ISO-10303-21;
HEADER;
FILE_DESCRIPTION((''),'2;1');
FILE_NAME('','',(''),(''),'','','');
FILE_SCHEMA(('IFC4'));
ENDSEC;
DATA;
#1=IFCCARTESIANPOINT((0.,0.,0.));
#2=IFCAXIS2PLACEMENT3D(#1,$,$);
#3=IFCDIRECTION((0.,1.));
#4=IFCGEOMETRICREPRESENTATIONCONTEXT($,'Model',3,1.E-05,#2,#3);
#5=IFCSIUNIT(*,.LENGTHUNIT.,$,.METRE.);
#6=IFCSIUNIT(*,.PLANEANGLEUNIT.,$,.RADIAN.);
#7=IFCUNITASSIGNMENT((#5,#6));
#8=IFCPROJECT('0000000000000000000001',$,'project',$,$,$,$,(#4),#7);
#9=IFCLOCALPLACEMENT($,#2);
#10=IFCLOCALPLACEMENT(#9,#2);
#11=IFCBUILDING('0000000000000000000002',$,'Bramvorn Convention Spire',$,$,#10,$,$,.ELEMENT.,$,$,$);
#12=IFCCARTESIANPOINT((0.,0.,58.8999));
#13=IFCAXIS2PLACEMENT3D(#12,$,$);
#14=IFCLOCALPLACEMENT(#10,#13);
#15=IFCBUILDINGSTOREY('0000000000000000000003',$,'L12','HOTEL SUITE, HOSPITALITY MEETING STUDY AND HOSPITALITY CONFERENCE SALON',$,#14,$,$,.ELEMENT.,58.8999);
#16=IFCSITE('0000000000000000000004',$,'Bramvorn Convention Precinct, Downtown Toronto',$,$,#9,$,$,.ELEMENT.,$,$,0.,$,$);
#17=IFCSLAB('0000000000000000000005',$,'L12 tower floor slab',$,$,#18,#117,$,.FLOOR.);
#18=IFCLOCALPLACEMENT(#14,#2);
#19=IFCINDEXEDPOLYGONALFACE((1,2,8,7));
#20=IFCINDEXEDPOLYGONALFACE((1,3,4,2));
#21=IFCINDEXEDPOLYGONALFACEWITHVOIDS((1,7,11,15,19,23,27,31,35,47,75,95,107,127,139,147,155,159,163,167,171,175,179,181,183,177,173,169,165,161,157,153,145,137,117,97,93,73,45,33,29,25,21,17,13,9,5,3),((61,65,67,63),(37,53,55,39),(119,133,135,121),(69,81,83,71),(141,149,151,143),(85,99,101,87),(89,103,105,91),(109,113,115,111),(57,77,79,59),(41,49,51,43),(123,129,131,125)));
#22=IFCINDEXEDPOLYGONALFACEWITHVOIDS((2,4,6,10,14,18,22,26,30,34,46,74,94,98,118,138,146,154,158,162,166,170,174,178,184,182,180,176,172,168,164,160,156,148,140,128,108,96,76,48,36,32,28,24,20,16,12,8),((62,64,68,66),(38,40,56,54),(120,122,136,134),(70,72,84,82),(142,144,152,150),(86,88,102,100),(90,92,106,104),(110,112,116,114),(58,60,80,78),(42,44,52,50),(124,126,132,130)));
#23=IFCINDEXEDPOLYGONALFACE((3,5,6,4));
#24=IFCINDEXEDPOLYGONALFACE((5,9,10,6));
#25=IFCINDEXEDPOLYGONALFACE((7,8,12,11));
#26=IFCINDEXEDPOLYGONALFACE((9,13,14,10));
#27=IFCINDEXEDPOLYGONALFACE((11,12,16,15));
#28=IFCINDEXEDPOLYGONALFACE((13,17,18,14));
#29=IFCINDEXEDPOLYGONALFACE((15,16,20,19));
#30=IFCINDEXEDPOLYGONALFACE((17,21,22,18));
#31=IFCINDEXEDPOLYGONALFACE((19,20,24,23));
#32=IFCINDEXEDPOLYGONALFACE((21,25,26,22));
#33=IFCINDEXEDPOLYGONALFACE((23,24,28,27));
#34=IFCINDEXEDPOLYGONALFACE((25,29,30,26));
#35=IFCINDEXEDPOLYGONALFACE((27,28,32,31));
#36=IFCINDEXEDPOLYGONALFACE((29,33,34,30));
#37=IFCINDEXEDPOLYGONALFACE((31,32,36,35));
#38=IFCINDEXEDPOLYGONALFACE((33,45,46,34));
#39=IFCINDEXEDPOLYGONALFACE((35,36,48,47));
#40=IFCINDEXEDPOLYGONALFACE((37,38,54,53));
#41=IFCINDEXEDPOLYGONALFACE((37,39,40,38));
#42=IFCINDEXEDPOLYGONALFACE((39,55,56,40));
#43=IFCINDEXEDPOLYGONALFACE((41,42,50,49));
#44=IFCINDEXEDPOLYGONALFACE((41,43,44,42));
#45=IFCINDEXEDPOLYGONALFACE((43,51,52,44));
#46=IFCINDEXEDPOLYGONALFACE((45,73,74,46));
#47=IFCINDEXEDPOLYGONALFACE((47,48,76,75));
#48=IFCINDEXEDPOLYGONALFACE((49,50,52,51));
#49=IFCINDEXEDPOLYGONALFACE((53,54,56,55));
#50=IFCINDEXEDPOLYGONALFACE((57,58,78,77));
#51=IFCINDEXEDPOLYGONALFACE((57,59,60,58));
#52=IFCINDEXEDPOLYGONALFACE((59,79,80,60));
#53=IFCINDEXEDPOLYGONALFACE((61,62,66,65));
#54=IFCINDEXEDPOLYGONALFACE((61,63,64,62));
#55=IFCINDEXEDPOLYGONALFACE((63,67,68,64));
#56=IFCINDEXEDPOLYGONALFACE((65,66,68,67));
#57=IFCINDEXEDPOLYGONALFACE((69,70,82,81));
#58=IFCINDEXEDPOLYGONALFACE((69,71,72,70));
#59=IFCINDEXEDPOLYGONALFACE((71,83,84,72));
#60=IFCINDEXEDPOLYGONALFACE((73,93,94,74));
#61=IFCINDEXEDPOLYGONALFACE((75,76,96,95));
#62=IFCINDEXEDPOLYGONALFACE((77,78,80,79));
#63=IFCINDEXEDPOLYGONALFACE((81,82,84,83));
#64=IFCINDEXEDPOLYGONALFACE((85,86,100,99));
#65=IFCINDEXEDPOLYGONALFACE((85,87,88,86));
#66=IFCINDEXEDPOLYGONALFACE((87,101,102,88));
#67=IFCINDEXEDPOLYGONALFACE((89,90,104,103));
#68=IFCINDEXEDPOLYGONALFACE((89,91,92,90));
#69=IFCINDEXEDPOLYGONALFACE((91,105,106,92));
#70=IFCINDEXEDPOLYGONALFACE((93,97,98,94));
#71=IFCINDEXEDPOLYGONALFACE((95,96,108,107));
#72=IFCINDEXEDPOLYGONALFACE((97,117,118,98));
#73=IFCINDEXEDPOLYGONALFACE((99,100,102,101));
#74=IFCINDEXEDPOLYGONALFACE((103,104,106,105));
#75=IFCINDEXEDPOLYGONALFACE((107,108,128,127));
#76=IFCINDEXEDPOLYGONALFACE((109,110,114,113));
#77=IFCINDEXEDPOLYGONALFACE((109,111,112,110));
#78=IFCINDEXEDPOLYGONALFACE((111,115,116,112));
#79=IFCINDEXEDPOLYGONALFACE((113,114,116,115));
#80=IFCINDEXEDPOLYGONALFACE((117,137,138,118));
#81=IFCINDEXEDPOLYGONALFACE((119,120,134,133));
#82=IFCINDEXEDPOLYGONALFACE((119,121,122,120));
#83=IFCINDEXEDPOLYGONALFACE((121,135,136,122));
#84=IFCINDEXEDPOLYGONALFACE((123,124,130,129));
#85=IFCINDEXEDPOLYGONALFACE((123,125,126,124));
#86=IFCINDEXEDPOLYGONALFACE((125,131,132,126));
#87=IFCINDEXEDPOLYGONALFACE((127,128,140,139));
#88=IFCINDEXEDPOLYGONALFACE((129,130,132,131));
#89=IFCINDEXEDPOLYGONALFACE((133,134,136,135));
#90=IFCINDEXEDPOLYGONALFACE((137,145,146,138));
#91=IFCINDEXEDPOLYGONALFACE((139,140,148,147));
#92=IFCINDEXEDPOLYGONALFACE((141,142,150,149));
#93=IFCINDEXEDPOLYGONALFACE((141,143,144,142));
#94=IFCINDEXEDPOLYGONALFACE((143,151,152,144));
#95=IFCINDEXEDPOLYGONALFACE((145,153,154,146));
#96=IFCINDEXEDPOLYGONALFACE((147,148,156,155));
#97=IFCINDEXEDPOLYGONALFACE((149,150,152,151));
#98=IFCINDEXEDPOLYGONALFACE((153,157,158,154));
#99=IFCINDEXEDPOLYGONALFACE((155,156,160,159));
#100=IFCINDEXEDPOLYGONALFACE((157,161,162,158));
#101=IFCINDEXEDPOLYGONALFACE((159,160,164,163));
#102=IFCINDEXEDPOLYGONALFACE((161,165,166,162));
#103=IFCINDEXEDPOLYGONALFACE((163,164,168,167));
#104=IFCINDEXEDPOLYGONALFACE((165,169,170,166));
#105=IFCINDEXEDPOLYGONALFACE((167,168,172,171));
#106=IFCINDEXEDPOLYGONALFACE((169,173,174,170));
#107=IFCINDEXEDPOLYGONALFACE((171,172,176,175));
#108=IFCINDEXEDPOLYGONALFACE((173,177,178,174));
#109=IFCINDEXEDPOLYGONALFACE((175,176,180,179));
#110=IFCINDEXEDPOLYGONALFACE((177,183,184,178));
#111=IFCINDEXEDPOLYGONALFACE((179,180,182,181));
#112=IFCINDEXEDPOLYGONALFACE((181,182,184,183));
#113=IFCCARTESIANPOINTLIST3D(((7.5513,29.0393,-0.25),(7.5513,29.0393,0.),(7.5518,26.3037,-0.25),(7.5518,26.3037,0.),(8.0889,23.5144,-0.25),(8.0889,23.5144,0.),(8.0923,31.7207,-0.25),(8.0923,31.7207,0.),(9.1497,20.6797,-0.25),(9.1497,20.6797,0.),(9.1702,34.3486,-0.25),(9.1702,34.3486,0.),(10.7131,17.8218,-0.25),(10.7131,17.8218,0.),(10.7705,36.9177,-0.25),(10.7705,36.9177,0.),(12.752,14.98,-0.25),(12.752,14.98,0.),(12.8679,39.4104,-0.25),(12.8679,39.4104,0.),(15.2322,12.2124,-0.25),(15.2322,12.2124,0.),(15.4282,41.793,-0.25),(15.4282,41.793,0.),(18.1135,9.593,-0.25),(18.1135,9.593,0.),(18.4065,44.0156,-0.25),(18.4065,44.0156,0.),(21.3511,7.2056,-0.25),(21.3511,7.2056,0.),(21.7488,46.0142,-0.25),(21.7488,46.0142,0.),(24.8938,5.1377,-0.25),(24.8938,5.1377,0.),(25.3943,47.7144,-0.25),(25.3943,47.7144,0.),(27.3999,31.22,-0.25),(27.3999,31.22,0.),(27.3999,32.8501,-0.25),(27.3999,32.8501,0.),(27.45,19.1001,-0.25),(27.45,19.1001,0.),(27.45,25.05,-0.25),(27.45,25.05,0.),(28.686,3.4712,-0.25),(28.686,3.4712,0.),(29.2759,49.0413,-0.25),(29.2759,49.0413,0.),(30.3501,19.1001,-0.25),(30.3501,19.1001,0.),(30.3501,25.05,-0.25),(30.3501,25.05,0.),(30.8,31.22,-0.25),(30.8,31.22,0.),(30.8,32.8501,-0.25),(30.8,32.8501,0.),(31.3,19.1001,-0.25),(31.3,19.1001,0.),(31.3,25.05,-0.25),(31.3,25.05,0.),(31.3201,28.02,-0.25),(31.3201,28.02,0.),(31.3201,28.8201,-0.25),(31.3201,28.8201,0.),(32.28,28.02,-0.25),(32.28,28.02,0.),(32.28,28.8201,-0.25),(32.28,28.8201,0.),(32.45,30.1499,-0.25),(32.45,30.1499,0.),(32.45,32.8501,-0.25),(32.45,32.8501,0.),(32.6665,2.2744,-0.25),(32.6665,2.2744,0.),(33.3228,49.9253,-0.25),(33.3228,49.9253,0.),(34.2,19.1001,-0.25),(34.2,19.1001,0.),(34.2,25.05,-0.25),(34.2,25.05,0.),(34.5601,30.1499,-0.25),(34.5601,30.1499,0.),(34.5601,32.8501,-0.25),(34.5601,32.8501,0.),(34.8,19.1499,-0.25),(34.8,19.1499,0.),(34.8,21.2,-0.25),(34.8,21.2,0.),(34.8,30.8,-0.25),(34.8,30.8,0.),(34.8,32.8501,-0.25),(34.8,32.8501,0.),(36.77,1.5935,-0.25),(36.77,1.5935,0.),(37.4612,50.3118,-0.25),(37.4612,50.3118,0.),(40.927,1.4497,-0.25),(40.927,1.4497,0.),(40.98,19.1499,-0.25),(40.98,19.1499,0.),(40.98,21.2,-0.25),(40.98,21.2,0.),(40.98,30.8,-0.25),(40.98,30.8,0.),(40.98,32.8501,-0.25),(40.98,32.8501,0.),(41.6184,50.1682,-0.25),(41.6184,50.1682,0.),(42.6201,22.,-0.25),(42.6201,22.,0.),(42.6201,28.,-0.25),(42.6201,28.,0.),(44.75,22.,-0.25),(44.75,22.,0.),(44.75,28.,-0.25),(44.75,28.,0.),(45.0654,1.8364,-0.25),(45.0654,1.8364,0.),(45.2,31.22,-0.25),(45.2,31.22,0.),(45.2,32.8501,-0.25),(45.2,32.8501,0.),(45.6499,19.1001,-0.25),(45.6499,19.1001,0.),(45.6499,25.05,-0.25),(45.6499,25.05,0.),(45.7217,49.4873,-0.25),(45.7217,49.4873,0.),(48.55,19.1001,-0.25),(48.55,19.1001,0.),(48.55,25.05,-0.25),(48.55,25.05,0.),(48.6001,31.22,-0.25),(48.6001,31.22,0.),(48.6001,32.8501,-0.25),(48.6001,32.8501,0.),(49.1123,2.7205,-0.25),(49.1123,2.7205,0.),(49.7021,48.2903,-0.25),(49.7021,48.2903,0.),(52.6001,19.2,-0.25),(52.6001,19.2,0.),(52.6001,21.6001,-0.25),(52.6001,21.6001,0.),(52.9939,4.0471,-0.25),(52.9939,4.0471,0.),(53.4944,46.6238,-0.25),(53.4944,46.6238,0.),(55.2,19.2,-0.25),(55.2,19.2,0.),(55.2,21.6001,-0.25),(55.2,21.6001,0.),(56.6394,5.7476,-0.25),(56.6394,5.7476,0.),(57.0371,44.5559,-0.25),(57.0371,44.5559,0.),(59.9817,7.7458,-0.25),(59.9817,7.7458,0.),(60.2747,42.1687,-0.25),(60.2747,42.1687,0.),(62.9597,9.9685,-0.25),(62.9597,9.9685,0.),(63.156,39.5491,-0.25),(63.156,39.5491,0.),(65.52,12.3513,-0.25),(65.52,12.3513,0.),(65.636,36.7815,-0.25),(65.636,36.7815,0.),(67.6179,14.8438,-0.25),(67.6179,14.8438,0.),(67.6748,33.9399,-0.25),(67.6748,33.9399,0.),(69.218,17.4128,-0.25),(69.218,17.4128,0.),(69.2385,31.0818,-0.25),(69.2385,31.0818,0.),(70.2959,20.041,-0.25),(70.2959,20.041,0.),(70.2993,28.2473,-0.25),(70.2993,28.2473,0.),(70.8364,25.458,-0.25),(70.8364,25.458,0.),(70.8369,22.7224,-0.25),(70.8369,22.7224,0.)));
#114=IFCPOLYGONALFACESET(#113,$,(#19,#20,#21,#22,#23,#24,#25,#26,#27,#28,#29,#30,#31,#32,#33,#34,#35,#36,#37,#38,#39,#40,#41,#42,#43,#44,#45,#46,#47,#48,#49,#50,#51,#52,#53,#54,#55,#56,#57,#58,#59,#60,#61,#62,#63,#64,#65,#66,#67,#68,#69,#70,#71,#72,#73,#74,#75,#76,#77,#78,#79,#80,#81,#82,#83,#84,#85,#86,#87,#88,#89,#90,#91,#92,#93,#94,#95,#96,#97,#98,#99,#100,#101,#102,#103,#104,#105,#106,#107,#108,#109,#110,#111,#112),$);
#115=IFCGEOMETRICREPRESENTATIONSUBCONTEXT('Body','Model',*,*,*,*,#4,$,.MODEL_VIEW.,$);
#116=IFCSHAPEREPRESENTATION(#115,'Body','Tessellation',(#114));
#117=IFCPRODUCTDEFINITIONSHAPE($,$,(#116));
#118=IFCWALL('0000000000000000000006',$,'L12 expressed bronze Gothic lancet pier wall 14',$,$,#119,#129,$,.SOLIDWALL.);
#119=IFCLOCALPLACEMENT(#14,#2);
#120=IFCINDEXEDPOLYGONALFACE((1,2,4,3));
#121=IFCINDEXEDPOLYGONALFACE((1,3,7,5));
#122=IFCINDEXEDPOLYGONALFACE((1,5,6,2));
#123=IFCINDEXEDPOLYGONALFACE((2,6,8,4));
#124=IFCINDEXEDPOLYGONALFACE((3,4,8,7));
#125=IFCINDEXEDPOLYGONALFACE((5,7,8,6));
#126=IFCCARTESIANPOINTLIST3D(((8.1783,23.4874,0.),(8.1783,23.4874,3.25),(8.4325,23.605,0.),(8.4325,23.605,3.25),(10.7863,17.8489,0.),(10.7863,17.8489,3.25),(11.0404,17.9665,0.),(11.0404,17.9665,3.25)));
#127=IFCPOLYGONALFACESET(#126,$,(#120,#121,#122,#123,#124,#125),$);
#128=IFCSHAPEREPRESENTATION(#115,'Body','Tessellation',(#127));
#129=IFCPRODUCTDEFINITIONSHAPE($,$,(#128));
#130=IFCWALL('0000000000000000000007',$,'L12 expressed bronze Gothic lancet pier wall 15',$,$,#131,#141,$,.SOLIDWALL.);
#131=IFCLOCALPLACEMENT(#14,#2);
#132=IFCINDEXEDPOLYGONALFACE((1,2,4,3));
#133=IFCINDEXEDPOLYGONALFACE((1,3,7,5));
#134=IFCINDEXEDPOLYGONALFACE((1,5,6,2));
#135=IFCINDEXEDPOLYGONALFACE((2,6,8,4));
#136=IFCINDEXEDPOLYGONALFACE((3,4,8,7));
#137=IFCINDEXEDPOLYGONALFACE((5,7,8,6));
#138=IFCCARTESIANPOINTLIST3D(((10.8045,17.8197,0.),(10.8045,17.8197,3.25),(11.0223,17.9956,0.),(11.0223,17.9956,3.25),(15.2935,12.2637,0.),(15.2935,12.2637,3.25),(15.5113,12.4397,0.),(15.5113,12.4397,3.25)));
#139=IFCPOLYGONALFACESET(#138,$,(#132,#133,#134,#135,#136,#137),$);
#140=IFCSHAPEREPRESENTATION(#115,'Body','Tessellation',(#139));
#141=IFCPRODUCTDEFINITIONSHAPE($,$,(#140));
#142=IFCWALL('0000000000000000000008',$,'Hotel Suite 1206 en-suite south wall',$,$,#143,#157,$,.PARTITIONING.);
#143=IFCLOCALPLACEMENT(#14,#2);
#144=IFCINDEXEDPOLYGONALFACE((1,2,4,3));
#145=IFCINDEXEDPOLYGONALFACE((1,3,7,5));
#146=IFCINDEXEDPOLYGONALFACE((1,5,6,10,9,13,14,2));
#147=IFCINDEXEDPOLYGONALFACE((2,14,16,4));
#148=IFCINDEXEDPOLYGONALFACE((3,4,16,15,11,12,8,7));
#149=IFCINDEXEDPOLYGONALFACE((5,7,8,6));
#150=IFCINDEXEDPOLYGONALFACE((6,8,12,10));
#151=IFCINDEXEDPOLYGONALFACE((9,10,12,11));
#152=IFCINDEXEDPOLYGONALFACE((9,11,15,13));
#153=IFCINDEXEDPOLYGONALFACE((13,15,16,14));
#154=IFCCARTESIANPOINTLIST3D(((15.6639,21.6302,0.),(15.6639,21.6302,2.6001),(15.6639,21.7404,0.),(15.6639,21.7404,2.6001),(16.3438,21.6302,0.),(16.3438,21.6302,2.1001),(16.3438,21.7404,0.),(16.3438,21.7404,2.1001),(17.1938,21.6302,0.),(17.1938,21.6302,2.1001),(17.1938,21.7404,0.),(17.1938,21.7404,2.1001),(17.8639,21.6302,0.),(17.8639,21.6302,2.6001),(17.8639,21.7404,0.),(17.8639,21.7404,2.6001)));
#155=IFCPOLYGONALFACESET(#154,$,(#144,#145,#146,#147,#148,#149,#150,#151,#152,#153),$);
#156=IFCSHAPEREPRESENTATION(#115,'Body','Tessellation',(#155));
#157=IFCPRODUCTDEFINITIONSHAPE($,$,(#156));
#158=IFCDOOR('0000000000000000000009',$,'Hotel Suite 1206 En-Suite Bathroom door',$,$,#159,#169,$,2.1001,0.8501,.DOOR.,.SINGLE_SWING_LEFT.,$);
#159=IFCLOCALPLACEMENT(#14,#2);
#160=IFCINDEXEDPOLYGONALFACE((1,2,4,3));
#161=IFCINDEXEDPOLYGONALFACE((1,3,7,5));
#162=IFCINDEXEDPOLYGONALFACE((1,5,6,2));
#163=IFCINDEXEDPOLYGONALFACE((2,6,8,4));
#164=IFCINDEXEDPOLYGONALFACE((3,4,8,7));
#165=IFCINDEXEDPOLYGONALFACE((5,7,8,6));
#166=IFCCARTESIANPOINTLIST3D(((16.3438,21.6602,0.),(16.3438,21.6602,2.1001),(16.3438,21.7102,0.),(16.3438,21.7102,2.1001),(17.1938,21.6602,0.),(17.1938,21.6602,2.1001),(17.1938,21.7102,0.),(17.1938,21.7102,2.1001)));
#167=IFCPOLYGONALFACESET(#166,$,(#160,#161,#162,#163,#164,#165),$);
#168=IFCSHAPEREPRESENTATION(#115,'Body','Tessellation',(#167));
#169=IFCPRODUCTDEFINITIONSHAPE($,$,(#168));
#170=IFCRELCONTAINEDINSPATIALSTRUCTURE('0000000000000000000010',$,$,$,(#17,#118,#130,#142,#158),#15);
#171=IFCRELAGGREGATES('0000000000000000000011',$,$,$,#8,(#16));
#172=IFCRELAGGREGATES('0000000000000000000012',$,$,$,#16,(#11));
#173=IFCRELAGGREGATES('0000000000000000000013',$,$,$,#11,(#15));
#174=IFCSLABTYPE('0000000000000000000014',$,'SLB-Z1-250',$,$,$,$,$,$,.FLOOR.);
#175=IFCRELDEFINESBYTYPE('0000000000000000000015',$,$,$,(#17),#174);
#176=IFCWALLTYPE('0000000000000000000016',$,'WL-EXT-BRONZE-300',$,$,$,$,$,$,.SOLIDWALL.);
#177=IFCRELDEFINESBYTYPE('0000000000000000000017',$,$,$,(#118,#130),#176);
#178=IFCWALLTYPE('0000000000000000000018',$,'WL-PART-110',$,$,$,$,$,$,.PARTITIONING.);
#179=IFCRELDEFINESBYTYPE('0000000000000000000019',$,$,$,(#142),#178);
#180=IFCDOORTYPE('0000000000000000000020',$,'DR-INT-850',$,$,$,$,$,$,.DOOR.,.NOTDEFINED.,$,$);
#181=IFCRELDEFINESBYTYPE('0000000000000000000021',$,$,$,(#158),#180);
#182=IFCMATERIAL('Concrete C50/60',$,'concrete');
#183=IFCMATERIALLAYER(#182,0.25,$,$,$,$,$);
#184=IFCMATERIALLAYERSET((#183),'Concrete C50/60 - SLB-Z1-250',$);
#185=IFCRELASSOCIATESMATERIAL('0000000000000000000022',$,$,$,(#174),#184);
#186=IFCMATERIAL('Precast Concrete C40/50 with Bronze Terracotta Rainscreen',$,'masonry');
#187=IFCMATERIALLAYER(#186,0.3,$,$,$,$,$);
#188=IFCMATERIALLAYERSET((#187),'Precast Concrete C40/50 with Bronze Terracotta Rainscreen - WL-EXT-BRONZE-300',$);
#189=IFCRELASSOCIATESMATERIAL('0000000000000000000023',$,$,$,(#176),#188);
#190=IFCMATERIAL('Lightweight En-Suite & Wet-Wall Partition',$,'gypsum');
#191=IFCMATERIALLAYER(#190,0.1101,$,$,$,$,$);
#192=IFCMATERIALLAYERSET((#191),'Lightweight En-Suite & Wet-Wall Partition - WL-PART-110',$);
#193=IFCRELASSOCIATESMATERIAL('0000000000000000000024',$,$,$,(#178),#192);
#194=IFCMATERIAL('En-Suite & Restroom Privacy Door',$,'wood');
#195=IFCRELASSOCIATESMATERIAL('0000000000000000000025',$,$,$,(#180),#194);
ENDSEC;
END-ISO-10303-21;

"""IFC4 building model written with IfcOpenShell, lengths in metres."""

from ifc_helpers import new_model, si_unit, direction, frame, frame_2d, origin, place, context, subcontext, project, spatial, polyline, rectangle, outline, extrude, material, layer, layer_set, type_object, element, fill, save


model = new_model("IFC4")

# Units and contexts
model_context = context("Model", 3, precision=1e-05, world=origin(), true_north=direction((0.0, 1.0)))
body_context = subcontext(model_context, "Body", "Model", "MODEL_VIEW")
ifc_project = project(units=[si_unit("LENGTHUNIT", "METRE"), si_unit("PLANEANGLEUNIT", "RADIAN")], contexts=[model_context])

# Site, building, storey
site_placement = place(None, origin())
site = spatial("IfcSite", under=ifc_project, at=site_placement, Name="Bramvorn Convention Precinct, Downtown Toronto", CompositionType="ELEMENT", RefElevation=0.0)
building_placement = place(site_placement, origin())
building = spatial("IfcBuilding", under=site, at=building_placement, Name="Bramvorn Convention Spire", CompositionType="ELEMENT")
storey_placement = place(building_placement, frame((0.0, 0.0, 58.8999)))
storey = spatial("IfcBuildingStorey", under=building, at=storey_placement, Name="L12", Description="HOTEL SUITE, HOSPITALITY MEETING STUDY AND HOSPITALITY CONFERENCE SALON", CompositionType="ELEMENT", Elevation=58.8999)

# Slab
ifc_material_1 = material(Name="Concrete C50/60", Category="concrete")
ifc_layer_1 = layer(ifc_material_1, 0.25)
ifc_layer_set_1 = layer_set([ifc_layer_1], Name="Concrete C50/60 - SLB-Z1-250")
slab_type_1 = type_object("IfcSlabType", Name="SLB-Z1-250", PredefinedType="FLOOR", material=ifc_layer_set_1)
slab_1_placement = place(storey_placement, frame((0.0, 0.0, -0.25)))
element("IfcSlab", 1, at=slab_1_placement, inside=storey, type_object=slab_type_1, Name="L12 tower floor slab", PredefinedType="FLOOR", context=body_context, shape_type="SweptSolid", body=[
    extrude(outline(polyline([(70.8369, 22.7224), (70.8364, 25.458), (70.2993, 28.2473), (69.2385, 31.0818), (67.6748, 33.9399), (65.636, 36.7815), (63.156, 39.5491), (60.2747, 42.1687), (57.0371, 44.5559), (53.4944, 46.6238), (49.7021, 48.2903), (45.7217, 49.4873), (41.6184, 50.1682), (37.4612, 50.3118), (33.3228, 49.9253), (29.2759, 49.0413), (25.3943, 47.7144), (21.7488, 46.0142), (18.4065, 44.0156), (15.4282, 41.793), (12.8679, 39.4104), (10.7705, 36.9177), (9.1702, 34.3486), (8.0923, 31.7207), (7.5513, 29.0393), (7.5518, 26.3037), (8.0889, 23.5144), (9.1497, 20.6797), (10.7131, 17.8218), (12.752, 14.98), (15.2322, 12.2124), (18.1135, 9.593), (21.3511, 7.2056), (24.8938, 5.1377), (28.686, 3.4712), (32.6665, 2.2744), (36.77, 1.5935), (40.927, 1.4497), (45.0654, 1.8364), (49.1123, 2.7205), (52.9939, 4.0471), (56.6394, 5.7476), (59.9817, 7.7458), (62.9597, 9.9685), (65.52, 12.3513), (67.6179, 14.8438), (69.218, 17.4128), (70.2959, 20.041), (70.8369, 22.7224)]), holes=[polyline([(27.45, 25.05), (27.45, 19.1001), (30.3501, 19.1001), (30.3501, 25.05), (27.45, 25.05)]), polyline([(45.6499, 25.05), (45.6499, 19.1001), (48.55, 19.1001), (48.55, 25.05), (45.6499, 25.05)]), polyline([(31.3, 25.05), (31.3, 19.1001), (34.2, 19.1001), (34.2, 25.05), (31.3, 25.05)]), polyline([(27.3999, 31.22), (30.8, 31.22), (30.8, 32.8501), (27.3999, 32.8501), (27.3999, 31.22)]), polyline([(45.2, 31.22), (48.6001, 31.22), (48.6001, 32.8501), (45.2, 32.8501), (45.2, 31.22)]), polyline([(32.45, 30.1499), (34.5601, 30.1499), (34.5601, 32.8501), (32.45, 32.8501), (32.45, 30.1499)]), polyline([(34.8, 30.8), (40.98, 30.8), (40.98, 32.8501), (34.8, 32.8501), (34.8, 30.8)]), polyline([(34.8, 19.1499), (40.98, 19.1499), (40.98, 21.2), (34.8, 21.2), (34.8, 19.1499)]), polyline([(42.6201, 22.0), (44.75, 22.0), (44.75, 28.0), (42.6201, 28.0), (42.6201, 22.0)]), polyline([(31.3201, 28.02), (32.28, 28.02), (32.28, 28.8201), (31.3201, 28.8201), (31.3201, 28.02)]), polyline([(52.6001, 19.2), (55.2, 19.2), (55.2, 21.6001), (52.6001, 21.6001), (52.6001, 19.2)])]), origin(), (0.0, 0.0, 1.0), 0.25),
])

# Walls
ifc_material_2 = material(Name="Precast Concrete C40/50 with Bronze Terracotta Rainscreen", Category="masonry")
ifc_layer_2 = layer(ifc_material_2, 0.3)
ifc_layer_set_2 = layer_set([ifc_layer_2], Name="Precast Concrete C40/50 with Bronze Terracotta Rainscreen - WL-EXT-BRONZE-300")
wall_type_1 = type_object("IfcWallType", Name="WL-EXT-BRONZE-300", PredefinedType="SOLIDWALL", material=ifc_layer_set_2)
wall_1_placement = place(storey_placement, frame((10.9133, 17.9077, 0.0), z_axis=(0.0, 0.0, 1.0), x_axis=(-0.419796, 0.907619, 0.0)))
element("IfcWall", 2, at=wall_1_placement, inside=storey, type_object=wall_type_1, Name="L12 expressed bronze Gothic lancet pier wall 14", PredefinedType="SOLIDWALL", context=body_context, shape_type="SweptSolid", body=[
    extrude(rectangle(XDim=6.2124, YDim=0.28, at=frame_2d((3.1062, 0.0))), origin(), (0.0, 0.0, 1.0), 3.25),
])
wall_2_placement = place(storey_placement, frame((15.4023, 12.3518, 0.0), z_axis=(0.0, 0.0, 1.0), x_axis=(-0.628468, 0.777835, 0.0)))
element("IfcWall", 3, at=wall_2_placement, inside=storey, type_object=wall_type_1, Name="L12 expressed bronze Gothic lancet pier wall 15", PredefinedType="SOLIDWALL", context=body_context, shape_type="SweptSolid", body=[
    extrude(rectangle(XDim=7.1428, YDim=0.28, at=frame_2d((3.5713, 0.0))), origin(), (0.0, 0.0, 1.0), 3.25),
])

# Wall, opening, door
ifc_material_3 = material(Name="Lightweight En-Suite & Wet-Wall Partition", Category="gypsum")
ifc_layer_3 = layer(ifc_material_3, 0.1101)
ifc_layer_set_3 = layer_set([ifc_layer_3], Name="Lightweight En-Suite & Wet-Wall Partition - WL-PART-110")
wall_type_2 = type_object("IfcWallType", Name="WL-PART-110", PredefinedType="PARTITIONING", material=ifc_layer_set_3)
wall_3_placement = place(storey_placement, frame((15.6638, 21.6853, 0.0), z_axis=(0.0, 0.0, 1.0), x_axis=(1.0, 0.0, 0.0)))
wall_3 = element("IfcWall", 4, at=wall_3_placement, inside=storey, type_object=wall_type_2, Name="Hotel Suite 1206 en-suite south wall", PredefinedType="PARTITIONING", context=body_context, shape_type="SweptSolid", body=[
    extrude(rectangle(XDim=2.2, YDim=0.1101, at=frame_2d((1.1001, 0.0))), origin(), (0.0, 0.0, 1.0), 2.6001),
])
opening_placement = place(wall_3_placement, frame((0.6799, 0.0, 0.0)))
opening = element("IfcOpeningElement", 5, at=opening_placement, cuts=wall_3, PredefinedType="OPENING", context=body_context, shape_type="SweptSolid", body=[
    extrude(rectangle(XDim=0.8501, YDim=2.1001, at=frame_2d((0.425, 1.05))), frame((0.0, 0.0649, 0.0), z_axis=(0.0, -1.0, 0.0), x_axis=(1.0, 0.0, 0.0)), (0.0, 0.0, 1.0), 0.1301),
])
ifc_material_4 = material(Name="En-Suite & Restroom Privacy Door", Category="wood")
door_type = type_object("IfcDoorType", Name="DR-INT-850", OperationType="NOTDEFINED", PredefinedType="DOOR", material=ifc_material_4)
door_placement = place(opening_placement, origin())
door = element("IfcDoor", 6, at=door_placement, inside=storey, type_object=door_type, Name="Hotel Suite 1206 En-Suite Bathroom door", OperationType="SINGLE_SWING_LEFT", OverallHeight=2.1001, OverallWidth=0.8501, PredefinedType="DOOR", context=body_context, shape_type="SweptSolid", body=[
    extrude(rectangle(XDim=0.8501, YDim=2.1001, at=frame_2d((0.425, 1.05))), frame((0.0, 0.0249, 0.0), z_axis=(0.0, -1.0, 0.0), x_axis=(1.0, 0.0, 0.0)), (0.0, 0.0, 1.0), 0.05),
])
fill(opening, door)

save(model, "model.ifc")
